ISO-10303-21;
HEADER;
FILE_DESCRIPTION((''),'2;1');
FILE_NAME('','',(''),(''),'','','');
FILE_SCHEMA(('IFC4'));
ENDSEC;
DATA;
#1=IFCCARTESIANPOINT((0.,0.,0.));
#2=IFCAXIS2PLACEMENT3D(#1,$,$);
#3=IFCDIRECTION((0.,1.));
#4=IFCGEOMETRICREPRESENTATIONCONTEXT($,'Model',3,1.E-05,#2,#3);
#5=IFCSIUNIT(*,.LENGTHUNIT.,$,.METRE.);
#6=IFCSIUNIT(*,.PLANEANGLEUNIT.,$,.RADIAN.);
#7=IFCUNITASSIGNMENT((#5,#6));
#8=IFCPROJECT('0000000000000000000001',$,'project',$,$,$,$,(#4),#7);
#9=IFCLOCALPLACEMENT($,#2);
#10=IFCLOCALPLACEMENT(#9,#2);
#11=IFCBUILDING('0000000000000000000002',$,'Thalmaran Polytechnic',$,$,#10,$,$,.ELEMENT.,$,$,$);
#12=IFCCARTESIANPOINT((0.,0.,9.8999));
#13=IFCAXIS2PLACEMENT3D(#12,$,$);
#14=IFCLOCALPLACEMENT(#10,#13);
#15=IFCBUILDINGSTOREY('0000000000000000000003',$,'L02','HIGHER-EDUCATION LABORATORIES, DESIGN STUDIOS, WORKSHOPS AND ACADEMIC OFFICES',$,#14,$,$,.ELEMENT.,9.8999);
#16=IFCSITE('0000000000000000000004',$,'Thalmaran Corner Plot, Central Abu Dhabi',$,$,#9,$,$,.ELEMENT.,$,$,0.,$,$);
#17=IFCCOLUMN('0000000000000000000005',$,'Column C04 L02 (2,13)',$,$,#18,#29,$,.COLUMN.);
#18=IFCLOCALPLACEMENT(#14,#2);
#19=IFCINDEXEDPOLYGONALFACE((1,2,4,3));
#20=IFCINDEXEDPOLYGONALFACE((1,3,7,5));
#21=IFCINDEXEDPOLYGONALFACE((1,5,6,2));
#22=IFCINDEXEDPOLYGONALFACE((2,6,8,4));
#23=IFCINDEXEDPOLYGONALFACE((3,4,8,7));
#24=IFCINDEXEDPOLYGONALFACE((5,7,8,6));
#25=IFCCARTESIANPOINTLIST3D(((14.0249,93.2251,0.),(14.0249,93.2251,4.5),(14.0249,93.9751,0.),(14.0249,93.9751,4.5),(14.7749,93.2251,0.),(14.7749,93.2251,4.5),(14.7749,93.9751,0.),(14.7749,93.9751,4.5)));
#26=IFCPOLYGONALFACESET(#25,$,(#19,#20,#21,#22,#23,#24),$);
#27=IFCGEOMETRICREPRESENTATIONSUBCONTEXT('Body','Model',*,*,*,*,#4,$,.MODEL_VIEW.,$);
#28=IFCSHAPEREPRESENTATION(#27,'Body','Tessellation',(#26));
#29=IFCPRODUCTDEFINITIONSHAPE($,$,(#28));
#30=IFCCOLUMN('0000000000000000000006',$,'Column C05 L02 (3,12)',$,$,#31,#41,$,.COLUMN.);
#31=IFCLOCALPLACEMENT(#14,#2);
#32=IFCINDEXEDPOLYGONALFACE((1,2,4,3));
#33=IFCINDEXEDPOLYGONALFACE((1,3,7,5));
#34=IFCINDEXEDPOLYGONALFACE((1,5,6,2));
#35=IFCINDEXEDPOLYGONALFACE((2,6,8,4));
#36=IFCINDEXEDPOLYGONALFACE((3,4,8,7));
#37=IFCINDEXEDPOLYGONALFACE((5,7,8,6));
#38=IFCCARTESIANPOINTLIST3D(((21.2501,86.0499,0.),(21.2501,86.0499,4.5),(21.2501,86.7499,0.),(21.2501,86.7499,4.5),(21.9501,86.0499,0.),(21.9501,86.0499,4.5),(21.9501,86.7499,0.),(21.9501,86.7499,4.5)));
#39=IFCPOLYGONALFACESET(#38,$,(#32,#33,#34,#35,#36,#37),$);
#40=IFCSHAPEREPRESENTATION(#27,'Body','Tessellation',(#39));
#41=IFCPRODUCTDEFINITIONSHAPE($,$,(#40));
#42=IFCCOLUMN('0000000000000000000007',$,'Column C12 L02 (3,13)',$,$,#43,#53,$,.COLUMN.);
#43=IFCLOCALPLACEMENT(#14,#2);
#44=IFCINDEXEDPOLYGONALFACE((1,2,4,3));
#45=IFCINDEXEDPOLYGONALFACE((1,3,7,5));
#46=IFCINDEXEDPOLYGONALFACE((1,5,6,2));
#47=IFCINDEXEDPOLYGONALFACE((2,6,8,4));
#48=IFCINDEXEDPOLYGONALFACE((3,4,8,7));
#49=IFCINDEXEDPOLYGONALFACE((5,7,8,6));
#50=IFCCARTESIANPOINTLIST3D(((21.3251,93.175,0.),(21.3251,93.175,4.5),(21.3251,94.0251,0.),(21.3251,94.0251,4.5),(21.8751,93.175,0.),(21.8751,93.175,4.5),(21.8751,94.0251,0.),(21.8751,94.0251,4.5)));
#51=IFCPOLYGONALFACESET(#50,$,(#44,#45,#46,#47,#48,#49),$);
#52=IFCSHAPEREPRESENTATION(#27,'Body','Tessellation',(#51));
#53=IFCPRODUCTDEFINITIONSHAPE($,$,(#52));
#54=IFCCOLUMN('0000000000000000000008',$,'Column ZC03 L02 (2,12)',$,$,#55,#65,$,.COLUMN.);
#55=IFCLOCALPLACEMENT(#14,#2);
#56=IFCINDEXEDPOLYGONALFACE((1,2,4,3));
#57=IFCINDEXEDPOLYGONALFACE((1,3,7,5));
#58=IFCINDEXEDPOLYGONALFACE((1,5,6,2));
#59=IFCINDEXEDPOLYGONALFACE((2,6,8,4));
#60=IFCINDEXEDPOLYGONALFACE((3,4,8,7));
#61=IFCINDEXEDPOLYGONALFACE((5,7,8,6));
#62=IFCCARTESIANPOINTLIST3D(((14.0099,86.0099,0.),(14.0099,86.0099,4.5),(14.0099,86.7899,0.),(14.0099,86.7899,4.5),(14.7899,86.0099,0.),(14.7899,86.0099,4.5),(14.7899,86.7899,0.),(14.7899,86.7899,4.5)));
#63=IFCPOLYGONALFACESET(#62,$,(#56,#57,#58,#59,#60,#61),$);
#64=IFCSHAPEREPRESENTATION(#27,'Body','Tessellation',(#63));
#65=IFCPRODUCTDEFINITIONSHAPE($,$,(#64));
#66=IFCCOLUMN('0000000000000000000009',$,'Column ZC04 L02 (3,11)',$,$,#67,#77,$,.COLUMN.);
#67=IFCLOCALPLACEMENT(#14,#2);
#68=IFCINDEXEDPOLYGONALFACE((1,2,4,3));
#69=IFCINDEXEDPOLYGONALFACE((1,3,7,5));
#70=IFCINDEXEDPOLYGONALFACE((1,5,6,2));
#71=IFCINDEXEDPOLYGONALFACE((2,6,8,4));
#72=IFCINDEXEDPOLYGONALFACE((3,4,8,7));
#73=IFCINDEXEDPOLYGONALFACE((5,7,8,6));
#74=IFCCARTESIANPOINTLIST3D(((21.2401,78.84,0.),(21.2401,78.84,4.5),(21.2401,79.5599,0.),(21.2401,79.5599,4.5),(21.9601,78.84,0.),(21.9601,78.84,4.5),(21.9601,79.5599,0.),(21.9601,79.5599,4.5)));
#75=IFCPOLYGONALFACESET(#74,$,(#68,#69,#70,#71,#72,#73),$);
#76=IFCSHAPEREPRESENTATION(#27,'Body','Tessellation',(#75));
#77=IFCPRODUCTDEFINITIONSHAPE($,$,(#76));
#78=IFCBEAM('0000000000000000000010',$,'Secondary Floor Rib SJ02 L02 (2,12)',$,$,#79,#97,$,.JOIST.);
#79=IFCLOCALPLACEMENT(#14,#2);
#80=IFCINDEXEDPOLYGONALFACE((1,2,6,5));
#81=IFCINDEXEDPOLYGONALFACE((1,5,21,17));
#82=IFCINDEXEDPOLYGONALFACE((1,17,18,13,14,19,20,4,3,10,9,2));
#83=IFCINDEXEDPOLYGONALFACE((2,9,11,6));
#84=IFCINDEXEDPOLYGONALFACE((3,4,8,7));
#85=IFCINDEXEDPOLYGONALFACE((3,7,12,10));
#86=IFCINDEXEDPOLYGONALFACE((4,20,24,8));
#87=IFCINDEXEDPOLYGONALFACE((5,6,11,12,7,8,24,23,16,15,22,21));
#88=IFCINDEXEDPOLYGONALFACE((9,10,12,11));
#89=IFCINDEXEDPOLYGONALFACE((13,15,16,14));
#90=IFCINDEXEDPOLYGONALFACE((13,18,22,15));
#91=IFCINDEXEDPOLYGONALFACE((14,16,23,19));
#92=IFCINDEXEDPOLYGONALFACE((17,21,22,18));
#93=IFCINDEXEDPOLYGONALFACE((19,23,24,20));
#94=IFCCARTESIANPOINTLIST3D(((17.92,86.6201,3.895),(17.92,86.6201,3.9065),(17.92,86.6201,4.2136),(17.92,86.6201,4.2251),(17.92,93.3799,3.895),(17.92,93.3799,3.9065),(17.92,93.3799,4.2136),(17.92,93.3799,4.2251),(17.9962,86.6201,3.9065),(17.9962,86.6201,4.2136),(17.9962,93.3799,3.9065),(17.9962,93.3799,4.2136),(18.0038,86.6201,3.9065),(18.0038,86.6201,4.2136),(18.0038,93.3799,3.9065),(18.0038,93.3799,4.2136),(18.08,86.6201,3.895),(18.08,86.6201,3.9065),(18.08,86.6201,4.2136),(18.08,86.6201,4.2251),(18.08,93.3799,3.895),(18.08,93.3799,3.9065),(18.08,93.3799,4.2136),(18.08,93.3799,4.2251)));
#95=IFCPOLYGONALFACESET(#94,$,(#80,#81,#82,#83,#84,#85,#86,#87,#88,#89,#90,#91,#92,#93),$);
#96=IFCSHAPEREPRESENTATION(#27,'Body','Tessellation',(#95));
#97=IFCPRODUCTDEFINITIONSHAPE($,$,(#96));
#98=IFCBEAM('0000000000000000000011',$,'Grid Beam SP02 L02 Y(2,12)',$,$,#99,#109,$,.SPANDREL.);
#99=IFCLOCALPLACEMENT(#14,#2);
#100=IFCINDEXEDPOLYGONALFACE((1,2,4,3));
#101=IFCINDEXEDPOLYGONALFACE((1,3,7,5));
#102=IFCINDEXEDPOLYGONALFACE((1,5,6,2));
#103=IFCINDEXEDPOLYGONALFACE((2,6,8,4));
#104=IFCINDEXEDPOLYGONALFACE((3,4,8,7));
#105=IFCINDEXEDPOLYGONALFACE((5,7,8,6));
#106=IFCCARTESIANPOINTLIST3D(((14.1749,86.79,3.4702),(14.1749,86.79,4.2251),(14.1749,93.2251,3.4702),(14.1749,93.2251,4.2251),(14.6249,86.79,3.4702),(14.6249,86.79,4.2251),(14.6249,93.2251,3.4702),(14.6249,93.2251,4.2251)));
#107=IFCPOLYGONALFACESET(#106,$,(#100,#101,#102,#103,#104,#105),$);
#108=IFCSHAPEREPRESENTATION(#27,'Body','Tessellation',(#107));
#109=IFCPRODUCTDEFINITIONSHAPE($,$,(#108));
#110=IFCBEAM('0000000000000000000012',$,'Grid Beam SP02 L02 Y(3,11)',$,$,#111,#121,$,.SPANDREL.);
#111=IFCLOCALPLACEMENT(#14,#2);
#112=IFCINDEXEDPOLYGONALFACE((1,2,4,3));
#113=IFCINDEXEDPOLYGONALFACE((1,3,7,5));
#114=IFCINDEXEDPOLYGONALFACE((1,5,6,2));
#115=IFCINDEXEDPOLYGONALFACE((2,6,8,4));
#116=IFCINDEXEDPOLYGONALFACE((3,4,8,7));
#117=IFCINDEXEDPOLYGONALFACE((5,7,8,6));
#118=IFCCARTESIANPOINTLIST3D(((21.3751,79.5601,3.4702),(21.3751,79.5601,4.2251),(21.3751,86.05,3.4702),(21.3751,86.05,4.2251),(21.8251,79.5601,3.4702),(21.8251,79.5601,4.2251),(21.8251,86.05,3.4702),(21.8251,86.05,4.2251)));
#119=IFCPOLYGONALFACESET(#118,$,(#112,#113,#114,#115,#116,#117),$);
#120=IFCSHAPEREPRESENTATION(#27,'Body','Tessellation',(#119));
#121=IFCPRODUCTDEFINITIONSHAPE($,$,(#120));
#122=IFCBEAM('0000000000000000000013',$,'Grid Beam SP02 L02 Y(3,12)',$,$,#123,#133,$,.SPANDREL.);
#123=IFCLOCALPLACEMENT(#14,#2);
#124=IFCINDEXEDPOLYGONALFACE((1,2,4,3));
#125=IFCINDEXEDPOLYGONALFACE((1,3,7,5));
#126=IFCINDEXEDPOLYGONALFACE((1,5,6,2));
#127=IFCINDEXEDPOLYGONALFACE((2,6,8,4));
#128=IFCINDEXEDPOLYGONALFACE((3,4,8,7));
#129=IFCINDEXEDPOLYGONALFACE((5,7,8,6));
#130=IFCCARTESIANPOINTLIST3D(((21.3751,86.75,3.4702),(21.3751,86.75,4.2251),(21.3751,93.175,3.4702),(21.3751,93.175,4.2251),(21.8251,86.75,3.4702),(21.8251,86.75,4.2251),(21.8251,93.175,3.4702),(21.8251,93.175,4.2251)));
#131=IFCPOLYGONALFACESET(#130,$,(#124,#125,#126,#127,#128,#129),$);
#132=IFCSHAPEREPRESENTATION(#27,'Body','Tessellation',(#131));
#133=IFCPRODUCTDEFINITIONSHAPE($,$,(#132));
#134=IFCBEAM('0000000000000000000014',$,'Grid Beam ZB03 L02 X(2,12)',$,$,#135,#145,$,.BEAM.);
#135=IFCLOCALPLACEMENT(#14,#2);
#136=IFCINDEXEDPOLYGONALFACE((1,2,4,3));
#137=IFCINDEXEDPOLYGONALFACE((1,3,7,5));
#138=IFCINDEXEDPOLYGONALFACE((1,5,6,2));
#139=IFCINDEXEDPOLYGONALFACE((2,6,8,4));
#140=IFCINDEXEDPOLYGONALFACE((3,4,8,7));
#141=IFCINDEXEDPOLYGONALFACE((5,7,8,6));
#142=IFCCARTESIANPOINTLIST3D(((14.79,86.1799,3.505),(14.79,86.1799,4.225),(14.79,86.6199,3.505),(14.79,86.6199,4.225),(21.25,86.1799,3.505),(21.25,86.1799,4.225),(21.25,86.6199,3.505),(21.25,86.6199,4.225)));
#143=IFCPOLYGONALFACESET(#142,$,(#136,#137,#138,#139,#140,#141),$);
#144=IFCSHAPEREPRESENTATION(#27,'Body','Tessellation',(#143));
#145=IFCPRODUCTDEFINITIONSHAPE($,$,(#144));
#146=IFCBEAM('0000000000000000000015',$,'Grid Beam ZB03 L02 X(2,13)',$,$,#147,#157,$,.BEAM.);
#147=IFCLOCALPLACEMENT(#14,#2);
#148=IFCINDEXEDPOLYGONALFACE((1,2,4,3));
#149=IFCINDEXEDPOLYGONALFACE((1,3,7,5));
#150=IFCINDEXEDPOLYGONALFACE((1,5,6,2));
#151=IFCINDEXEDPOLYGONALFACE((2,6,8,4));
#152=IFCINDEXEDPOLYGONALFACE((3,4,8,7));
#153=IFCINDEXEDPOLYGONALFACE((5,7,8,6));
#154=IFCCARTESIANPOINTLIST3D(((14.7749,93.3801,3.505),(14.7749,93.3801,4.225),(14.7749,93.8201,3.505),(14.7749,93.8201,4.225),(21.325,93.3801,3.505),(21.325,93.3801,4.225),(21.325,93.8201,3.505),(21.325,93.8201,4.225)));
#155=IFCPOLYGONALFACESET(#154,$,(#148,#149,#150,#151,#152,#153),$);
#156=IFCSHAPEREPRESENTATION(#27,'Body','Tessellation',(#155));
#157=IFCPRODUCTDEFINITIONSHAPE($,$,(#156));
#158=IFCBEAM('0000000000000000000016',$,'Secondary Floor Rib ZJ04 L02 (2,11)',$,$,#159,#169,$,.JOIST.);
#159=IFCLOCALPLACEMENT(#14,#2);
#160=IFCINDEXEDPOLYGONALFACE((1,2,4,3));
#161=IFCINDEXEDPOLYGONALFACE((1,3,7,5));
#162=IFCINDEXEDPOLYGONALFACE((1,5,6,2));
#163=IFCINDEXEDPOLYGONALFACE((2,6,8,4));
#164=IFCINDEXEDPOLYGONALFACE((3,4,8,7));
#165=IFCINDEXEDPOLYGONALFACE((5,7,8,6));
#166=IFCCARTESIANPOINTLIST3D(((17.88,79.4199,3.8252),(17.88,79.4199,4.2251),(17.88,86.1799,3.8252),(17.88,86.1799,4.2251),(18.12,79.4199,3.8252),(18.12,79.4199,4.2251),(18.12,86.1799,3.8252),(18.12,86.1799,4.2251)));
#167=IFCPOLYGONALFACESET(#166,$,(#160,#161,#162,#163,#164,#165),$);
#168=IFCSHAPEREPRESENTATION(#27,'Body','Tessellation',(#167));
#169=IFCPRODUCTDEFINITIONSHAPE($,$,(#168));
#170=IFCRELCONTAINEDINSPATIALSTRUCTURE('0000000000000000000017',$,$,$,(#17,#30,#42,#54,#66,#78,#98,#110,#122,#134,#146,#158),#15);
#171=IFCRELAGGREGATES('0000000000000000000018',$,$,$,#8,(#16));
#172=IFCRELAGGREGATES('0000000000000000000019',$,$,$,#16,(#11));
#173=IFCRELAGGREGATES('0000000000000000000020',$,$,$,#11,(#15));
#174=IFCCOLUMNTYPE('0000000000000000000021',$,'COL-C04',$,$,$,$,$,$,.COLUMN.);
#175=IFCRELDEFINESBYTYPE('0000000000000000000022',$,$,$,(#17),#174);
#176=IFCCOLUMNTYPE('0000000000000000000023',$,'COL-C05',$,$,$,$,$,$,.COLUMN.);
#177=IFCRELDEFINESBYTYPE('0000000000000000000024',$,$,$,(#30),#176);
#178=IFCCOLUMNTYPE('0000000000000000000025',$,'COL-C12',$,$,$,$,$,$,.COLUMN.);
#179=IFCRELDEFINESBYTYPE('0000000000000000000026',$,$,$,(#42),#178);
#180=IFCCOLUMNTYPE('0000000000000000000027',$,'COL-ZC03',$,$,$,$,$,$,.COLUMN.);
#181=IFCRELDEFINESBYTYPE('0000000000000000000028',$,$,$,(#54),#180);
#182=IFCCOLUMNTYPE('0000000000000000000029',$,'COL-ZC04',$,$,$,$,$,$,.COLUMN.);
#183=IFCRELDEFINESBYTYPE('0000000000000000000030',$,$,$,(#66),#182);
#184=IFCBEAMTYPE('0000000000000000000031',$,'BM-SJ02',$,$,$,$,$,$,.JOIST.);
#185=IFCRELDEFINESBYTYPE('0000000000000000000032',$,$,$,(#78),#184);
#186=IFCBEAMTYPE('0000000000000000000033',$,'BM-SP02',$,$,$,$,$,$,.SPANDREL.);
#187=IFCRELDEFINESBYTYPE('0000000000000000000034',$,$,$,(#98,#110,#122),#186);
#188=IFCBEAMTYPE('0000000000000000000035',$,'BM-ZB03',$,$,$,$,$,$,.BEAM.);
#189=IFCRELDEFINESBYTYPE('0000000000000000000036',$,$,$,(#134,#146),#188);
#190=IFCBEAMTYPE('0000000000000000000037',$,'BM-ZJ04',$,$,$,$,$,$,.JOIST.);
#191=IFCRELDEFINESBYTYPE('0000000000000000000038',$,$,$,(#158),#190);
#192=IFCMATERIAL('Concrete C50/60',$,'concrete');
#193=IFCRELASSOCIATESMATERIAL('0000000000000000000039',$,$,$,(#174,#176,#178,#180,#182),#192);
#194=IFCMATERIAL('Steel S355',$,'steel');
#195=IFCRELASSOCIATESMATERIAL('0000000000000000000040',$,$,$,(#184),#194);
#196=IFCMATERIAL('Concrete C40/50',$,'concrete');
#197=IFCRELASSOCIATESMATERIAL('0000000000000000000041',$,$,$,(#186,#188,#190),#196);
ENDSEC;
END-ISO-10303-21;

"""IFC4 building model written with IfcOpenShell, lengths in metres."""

from ifc_helpers import new_model, si_unit, direction, frame, origin, origin_2d, place, context, subcontext, project, spatial, rectangle, i_section, extrude, material, material_profile, profile_set, type_object, element, save


model = new_model("IFC4")

# Units and contexts
model_context = context("Model", 3, precision=1e-05, world=origin(), true_north=direction((0.0, 1.0)))
body_context = subcontext(model_context, "Body", "Model", "MODEL_VIEW")
ifc_project = project(units=[si_unit("LENGTHUNIT", "METRE"), si_unit("PLANEANGLEUNIT", "RADIAN")], contexts=[model_context])

# Site, building, storey
site_placement = place(None, origin())
site = spatial("IfcSite", under=ifc_project, at=site_placement, Name="Thalmaran Corner Plot, Central Abu Dhabi", CompositionType="ELEMENT", RefElevation=0.0)
building_placement = place(site_placement, origin())
building = spatial("IfcBuilding", under=site, at=building_placement, Name="Thalmaran Polytechnic", CompositionType="ELEMENT")
storey_placement = place(building_placement, frame((0.0, 0.0, 9.8999)))
storey = spatial("IfcBuildingStorey", under=building, at=storey_placement, Name="L02", Description="HIGHER-EDUCATION LABORATORIES, DESIGN STUDIOS, WORKSHOPS AND ACADEMIC OFFICES", CompositionType="ELEMENT", Elevation=9.8999)

# Columns
ifc_material_1 = material(Name="Concrete C50/60", Category="concrete")
ifc_material_profile_1 = material_profile(ifc_material_1, rectangle(XDim=0.75, YDim=0.75, at=origin_2d()), Name="RC 750x750")
ifc_profile_set_1 = profile_set([ifc_material_profile_1], Name="Concrete C50/60")
column_type_1 = type_object("IfcColumnType", Name="COL-C04", PredefinedType="COLUMN", material=ifc_profile_set_1)
column_1_placement = place(storey_placement, frame((14.3999, 93.6001, 0.0), z_axis=(0.0, 0.0, 1.0), x_axis=(1.0, 0.0, 0.0)))
element("IfcColumn", 1, at=column_1_placement, inside=storey, type_object=column_type_1, Name="Column C04 L02 (2,13)", PredefinedType="COLUMN", context=body_context, shape_type="SweptSolid", body=[
    extrude(rectangle(XDim=0.75, YDim=0.75, at=origin_2d()), origin(), (0.0, 0.0, 1.0), 4.5),
])
ifc_material_profile_2 = material_profile(ifc_material_1, rectangle(XDim=0.7, YDim=0.7, at=origin_2d()), Name="RC 700x700")
ifc_profile_set_2 = profile_set([ifc_material_profile_2], Name="Concrete C50/60")
column_type_2 = type_object("IfcColumnType", Name="COL-C05", PredefinedType="COLUMN", material=ifc_profile_set_2)
column_2_placement = place(storey_placement, frame((21.6001, 86.3999, 0.0), z_axis=(0.0, 0.0, 1.0), x_axis=(1.0, 0.0, 0.0)))
element("IfcColumn", 2, at=column_2_placement, inside=storey, type_object=column_type_2, Name="Column C05 L02 (3,12)", PredefinedType="COLUMN", context=body_context, shape_type="SweptSolid", body=[
    extrude(rectangle(XDim=0.7, YDim=0.7, at=origin_2d()), origin(), (0.0, 0.0, 1.0), 4.5),
])
ifc_material_profile_3 = material_profile(ifc_material_1, rectangle(XDim=0.55, YDim=0.8501, at=origin_2d()), Name="RC 550x850")
ifc_profile_set_3 = profile_set([ifc_material_profile_3], Name="Concrete C50/60")
column_type_3 = type_object("IfcColumnType", Name="COL-C12", PredefinedType="COLUMN", material=ifc_profile_set_3)
column_3_placement = place(storey_placement, frame((21.6001, 93.6001, 0.0), z_axis=(0.0, 0.0, 1.0), x_axis=(1.0, 0.0, 0.0)))
element("IfcColumn", 3, at=column_3_placement, inside=storey, type_object=column_type_3, Name="Column C12 L02 (3,13)", PredefinedType="COLUMN", context=body_context, shape_type="SweptSolid", body=[
    extrude(rectangle(XDim=0.55, YDim=0.8501, at=origin_2d()), origin(), (0.0, 0.0, 1.0), 4.5),
])
ifc_material_profile_4 = material_profile(ifc_material_1, rectangle(XDim=0.78, YDim=0.78, at=origin_2d()), Name="RC 780x780")
ifc_profile_set_4 = profile_set([ifc_material_profile_4], Name="Concrete C50/60")
column_type_4 = type_object("IfcColumnType", Name="COL-ZC03", PredefinedType="COLUMN", material=ifc_profile_set_4)
column_4_placement = place(storey_placement, frame((14.3999, 86.3999, 0.0), z_axis=(0.0, 0.0, 1.0), x_axis=(1.0, 0.0, 0.0)))
element("IfcColumn", 4, at=column_4_placement, inside=storey, type_object=column_type_4, Name="Column ZC03 L02 (2,12)", PredefinedType="COLUMN", context=body_context, shape_type="SweptSolid", body=[
    extrude(rectangle(XDim=0.78, YDim=0.78, at=origin_2d()), origin(), (0.0, 0.0, 1.0), 4.5),
])
ifc_material_profile_5 = material_profile(ifc_material_1, rectangle(XDim=0.72, YDim=0.72, at=origin_2d()), Name="RC 720x720")
ifc_profile_set_5 = profile_set([ifc_material_profile_5], Name="Concrete C50/60")
column_type_5 = type_object("IfcColumnType", Name="COL-ZC04", PredefinedType="COLUMN", material=ifc_profile_set_5)
column_5_placement = place(storey_placement, frame((21.6001, 79.2, 0.0), z_axis=(0.0, 0.0, 1.0), x_axis=(1.0, 0.0, 0.0)))
element("IfcColumn", 5, at=column_5_placement, inside=storey, type_object=column_type_5, Name="Column ZC04 L02 (3,11)", PredefinedType="COLUMN", context=body_context, shape_type="SweptSolid", body=[
    extrude(rectangle(XDim=0.72, YDim=0.72, at=origin_2d()), origin(), (0.0, 0.0, 1.0), 4.5),
])

# Beams
ifc_material_2 = material(Name="Steel S355", Category="steel")
ifc_material_profile_6 = material_profile(ifc_material_2, i_section(OverallWidth=0.1599, OverallDepth=0.3301, WebThickness=0.0076, FlangeThickness=0.0115, at=origin_2d()), Name="IPE 330")
ifc_profile_set_6 = profile_set([ifc_material_profile_6], Name="Steel S355")
beam_type_1 = type_object("IfcBeamType", Name="BM-SJ02", PredefinedType="JOIST", material=ifc_profile_set_6)
beam_1_placement = place(storey_placement, frame((18.0, 86.6201, 4.0601), z_axis=(0.0, 1.0, 0.0), x_axis=(-1.0, 0.0, 0.0)))
element("IfcBeam", 6, at=beam_1_placement, inside=storey, type_object=beam_type_1, Name="Secondary Floor Rib SJ02 L02 (2,12)", PredefinedType="JOIST", context=body_context, shape_type="SweptSolid", body=[
    extrude(i_section(OverallWidth=0.1599, OverallDepth=0.3301, WebThickness=0.0076, FlangeThickness=0.0115, at=origin_2d()), origin(), (0.0, 0.0, 1.0), 6.7598),
])
ifc_material_3 = material(Name="Concrete C40/50", Category="concrete")
ifc_material_profile_7 = material_profile(ifc_material_3, rectangle(XDim=0.45, YDim=0.7549, at=origin_2d()), Name="RC 450x755")
ifc_profile_set_7 = profile_set([ifc_material_profile_7], Name="Concrete C40/50")
beam_type_2 = type_object("IfcBeamType", Name="BM-SP02", PredefinedType="SPANDREL", material=ifc_profile_set_7)
beam_2_placement = place(storey_placement, frame((14.3999, 86.79, 3.8477), z_axis=(0.0, 1.0, 0.0), x_axis=(-1.0, 0.0, 0.0)))
element("IfcBeam", 7, at=beam_2_placement, inside=storey, type_object=beam_type_2, Name="Grid Beam SP02 L02 Y(2,12)", PredefinedType="SPANDREL", context=body_context, shape_type="SweptSolid", body=[
    extrude(rectangle(XDim=0.45, YDim=0.7549, at=origin_2d()), origin(), (0.0, 0.0, 1.0), 6.4351),
])
beam_3_placement = place(storey_placement, frame((21.6001, 79.5601, 3.8477), z_axis=(0.0, 1.0, 0.0), x_axis=(-1.0, 0.0, 0.0)))
element("IfcBeam", 8, at=beam_3_placement, inside=storey, type_object=beam_type_2, Name="Grid Beam SP02 L02 Y(3,11)", PredefinedType="SPANDREL", context=body_context, shape_type="SweptSolid", body=[
    extrude(rectangle(XDim=0.45, YDim=0.7549, at=origin_2d()), origin(), (0.0, 0.0, 1.0), 6.49),
])
beam_4_placement = place(storey_placement, frame((21.6001, 86.75, 3.8477), z_axis=(0.0, 1.0, 0.0), x_axis=(-1.0, 0.0, 0.0)))
element("IfcBeam", 9, at=beam_4_placement, inside=storey, type_object=beam_type_2, Name="Grid Beam SP02 L02 Y(3,12)", PredefinedType="SPANDREL", context=body_context, shape_type="SweptSolid", body=[
    extrude(rectangle(XDim=0.45, YDim=0.7549, at=origin_2d()), origin(), (0.0, 0.0, 1.0), 6.425),
])
ifc_material_profile_8 = material_profile(ifc_material_3, rectangle(XDim=0.4399, YDim=0.72, at=origin_2d()), Name="RC 440x720")
ifc_profile_set_8 = profile_set([ifc_material_profile_8], Name="Concrete C40/50")
beam_type_3 = type_object("IfcBeamType", Name="BM-ZB03", PredefinedType="BEAM", material=ifc_profile_set_8)
beam_5_placement = place(storey_placement, frame((14.79, 86.3999, 3.865), z_axis=(1.0, 0.0, 0.0), x_axis=(0.0, 1.0, 0.0)))
element("IfcBeam", 10, at=beam_5_placement, inside=storey, type_object=beam_type_3, Name="Grid Beam ZB03 L02 X(2,12)", PredefinedType="BEAM", context=body_context, shape_type="SweptSolid", body=[
    extrude(rectangle(XDim=0.4399, YDim=0.72, at=origin_2d()), origin(), (0.0, 0.0, 1.0), 6.46),
])
beam_6_placement = place(storey_placement, frame((14.7749, 93.6001, 3.865), z_axis=(1.0, 0.0, 0.0), x_axis=(0.0, 1.0, 0.0)))
element("IfcBeam", 11, at=beam_6_placement, inside=storey, type_object=beam_type_3, Name="Grid Beam ZB03 L02 X(2,13)", PredefinedType="BEAM", context=body_context, shape_type="SweptSolid", body=[
    extrude(rectangle(XDim=0.4399, YDim=0.72, at=origin_2d()), origin(), (0.0, 0.0, 1.0), 6.55),
])
ifc_material_profile_9 = material_profile(ifc_material_3, rectangle(XDim=0.24, YDim=0.3999, at=origin_2d()), Name="RC 240x400")
ifc_profile_set_9 = profile_set([ifc_material_profile_9], Name="Concrete C40/50")
beam_type_4 = type_object("IfcBeamType", Name="BM-ZJ04", PredefinedType="JOIST", material=ifc_profile_set_9)
beam_7_placement = place(storey_placement, frame((18.0, 79.4199, 4.0251), z_axis=(0.0, 1.0, 0.0), x_axis=(-1.0, 0.0, 0.0)))
element("IfcBeam", 12, at=beam_7_placement, inside=storey, type_object=beam_type_4, Name="Secondary Floor Rib ZJ04 L02 (2,11)", PredefinedType="JOIST", context=body_context, shape_type="SweptSolid", body=[
    extrude(rectangle(XDim=0.24, YDim=0.3999, at=origin_2d()), origin(), (0.0, 0.0, 1.0), 6.76),
])

save(model, "model.ifc")
